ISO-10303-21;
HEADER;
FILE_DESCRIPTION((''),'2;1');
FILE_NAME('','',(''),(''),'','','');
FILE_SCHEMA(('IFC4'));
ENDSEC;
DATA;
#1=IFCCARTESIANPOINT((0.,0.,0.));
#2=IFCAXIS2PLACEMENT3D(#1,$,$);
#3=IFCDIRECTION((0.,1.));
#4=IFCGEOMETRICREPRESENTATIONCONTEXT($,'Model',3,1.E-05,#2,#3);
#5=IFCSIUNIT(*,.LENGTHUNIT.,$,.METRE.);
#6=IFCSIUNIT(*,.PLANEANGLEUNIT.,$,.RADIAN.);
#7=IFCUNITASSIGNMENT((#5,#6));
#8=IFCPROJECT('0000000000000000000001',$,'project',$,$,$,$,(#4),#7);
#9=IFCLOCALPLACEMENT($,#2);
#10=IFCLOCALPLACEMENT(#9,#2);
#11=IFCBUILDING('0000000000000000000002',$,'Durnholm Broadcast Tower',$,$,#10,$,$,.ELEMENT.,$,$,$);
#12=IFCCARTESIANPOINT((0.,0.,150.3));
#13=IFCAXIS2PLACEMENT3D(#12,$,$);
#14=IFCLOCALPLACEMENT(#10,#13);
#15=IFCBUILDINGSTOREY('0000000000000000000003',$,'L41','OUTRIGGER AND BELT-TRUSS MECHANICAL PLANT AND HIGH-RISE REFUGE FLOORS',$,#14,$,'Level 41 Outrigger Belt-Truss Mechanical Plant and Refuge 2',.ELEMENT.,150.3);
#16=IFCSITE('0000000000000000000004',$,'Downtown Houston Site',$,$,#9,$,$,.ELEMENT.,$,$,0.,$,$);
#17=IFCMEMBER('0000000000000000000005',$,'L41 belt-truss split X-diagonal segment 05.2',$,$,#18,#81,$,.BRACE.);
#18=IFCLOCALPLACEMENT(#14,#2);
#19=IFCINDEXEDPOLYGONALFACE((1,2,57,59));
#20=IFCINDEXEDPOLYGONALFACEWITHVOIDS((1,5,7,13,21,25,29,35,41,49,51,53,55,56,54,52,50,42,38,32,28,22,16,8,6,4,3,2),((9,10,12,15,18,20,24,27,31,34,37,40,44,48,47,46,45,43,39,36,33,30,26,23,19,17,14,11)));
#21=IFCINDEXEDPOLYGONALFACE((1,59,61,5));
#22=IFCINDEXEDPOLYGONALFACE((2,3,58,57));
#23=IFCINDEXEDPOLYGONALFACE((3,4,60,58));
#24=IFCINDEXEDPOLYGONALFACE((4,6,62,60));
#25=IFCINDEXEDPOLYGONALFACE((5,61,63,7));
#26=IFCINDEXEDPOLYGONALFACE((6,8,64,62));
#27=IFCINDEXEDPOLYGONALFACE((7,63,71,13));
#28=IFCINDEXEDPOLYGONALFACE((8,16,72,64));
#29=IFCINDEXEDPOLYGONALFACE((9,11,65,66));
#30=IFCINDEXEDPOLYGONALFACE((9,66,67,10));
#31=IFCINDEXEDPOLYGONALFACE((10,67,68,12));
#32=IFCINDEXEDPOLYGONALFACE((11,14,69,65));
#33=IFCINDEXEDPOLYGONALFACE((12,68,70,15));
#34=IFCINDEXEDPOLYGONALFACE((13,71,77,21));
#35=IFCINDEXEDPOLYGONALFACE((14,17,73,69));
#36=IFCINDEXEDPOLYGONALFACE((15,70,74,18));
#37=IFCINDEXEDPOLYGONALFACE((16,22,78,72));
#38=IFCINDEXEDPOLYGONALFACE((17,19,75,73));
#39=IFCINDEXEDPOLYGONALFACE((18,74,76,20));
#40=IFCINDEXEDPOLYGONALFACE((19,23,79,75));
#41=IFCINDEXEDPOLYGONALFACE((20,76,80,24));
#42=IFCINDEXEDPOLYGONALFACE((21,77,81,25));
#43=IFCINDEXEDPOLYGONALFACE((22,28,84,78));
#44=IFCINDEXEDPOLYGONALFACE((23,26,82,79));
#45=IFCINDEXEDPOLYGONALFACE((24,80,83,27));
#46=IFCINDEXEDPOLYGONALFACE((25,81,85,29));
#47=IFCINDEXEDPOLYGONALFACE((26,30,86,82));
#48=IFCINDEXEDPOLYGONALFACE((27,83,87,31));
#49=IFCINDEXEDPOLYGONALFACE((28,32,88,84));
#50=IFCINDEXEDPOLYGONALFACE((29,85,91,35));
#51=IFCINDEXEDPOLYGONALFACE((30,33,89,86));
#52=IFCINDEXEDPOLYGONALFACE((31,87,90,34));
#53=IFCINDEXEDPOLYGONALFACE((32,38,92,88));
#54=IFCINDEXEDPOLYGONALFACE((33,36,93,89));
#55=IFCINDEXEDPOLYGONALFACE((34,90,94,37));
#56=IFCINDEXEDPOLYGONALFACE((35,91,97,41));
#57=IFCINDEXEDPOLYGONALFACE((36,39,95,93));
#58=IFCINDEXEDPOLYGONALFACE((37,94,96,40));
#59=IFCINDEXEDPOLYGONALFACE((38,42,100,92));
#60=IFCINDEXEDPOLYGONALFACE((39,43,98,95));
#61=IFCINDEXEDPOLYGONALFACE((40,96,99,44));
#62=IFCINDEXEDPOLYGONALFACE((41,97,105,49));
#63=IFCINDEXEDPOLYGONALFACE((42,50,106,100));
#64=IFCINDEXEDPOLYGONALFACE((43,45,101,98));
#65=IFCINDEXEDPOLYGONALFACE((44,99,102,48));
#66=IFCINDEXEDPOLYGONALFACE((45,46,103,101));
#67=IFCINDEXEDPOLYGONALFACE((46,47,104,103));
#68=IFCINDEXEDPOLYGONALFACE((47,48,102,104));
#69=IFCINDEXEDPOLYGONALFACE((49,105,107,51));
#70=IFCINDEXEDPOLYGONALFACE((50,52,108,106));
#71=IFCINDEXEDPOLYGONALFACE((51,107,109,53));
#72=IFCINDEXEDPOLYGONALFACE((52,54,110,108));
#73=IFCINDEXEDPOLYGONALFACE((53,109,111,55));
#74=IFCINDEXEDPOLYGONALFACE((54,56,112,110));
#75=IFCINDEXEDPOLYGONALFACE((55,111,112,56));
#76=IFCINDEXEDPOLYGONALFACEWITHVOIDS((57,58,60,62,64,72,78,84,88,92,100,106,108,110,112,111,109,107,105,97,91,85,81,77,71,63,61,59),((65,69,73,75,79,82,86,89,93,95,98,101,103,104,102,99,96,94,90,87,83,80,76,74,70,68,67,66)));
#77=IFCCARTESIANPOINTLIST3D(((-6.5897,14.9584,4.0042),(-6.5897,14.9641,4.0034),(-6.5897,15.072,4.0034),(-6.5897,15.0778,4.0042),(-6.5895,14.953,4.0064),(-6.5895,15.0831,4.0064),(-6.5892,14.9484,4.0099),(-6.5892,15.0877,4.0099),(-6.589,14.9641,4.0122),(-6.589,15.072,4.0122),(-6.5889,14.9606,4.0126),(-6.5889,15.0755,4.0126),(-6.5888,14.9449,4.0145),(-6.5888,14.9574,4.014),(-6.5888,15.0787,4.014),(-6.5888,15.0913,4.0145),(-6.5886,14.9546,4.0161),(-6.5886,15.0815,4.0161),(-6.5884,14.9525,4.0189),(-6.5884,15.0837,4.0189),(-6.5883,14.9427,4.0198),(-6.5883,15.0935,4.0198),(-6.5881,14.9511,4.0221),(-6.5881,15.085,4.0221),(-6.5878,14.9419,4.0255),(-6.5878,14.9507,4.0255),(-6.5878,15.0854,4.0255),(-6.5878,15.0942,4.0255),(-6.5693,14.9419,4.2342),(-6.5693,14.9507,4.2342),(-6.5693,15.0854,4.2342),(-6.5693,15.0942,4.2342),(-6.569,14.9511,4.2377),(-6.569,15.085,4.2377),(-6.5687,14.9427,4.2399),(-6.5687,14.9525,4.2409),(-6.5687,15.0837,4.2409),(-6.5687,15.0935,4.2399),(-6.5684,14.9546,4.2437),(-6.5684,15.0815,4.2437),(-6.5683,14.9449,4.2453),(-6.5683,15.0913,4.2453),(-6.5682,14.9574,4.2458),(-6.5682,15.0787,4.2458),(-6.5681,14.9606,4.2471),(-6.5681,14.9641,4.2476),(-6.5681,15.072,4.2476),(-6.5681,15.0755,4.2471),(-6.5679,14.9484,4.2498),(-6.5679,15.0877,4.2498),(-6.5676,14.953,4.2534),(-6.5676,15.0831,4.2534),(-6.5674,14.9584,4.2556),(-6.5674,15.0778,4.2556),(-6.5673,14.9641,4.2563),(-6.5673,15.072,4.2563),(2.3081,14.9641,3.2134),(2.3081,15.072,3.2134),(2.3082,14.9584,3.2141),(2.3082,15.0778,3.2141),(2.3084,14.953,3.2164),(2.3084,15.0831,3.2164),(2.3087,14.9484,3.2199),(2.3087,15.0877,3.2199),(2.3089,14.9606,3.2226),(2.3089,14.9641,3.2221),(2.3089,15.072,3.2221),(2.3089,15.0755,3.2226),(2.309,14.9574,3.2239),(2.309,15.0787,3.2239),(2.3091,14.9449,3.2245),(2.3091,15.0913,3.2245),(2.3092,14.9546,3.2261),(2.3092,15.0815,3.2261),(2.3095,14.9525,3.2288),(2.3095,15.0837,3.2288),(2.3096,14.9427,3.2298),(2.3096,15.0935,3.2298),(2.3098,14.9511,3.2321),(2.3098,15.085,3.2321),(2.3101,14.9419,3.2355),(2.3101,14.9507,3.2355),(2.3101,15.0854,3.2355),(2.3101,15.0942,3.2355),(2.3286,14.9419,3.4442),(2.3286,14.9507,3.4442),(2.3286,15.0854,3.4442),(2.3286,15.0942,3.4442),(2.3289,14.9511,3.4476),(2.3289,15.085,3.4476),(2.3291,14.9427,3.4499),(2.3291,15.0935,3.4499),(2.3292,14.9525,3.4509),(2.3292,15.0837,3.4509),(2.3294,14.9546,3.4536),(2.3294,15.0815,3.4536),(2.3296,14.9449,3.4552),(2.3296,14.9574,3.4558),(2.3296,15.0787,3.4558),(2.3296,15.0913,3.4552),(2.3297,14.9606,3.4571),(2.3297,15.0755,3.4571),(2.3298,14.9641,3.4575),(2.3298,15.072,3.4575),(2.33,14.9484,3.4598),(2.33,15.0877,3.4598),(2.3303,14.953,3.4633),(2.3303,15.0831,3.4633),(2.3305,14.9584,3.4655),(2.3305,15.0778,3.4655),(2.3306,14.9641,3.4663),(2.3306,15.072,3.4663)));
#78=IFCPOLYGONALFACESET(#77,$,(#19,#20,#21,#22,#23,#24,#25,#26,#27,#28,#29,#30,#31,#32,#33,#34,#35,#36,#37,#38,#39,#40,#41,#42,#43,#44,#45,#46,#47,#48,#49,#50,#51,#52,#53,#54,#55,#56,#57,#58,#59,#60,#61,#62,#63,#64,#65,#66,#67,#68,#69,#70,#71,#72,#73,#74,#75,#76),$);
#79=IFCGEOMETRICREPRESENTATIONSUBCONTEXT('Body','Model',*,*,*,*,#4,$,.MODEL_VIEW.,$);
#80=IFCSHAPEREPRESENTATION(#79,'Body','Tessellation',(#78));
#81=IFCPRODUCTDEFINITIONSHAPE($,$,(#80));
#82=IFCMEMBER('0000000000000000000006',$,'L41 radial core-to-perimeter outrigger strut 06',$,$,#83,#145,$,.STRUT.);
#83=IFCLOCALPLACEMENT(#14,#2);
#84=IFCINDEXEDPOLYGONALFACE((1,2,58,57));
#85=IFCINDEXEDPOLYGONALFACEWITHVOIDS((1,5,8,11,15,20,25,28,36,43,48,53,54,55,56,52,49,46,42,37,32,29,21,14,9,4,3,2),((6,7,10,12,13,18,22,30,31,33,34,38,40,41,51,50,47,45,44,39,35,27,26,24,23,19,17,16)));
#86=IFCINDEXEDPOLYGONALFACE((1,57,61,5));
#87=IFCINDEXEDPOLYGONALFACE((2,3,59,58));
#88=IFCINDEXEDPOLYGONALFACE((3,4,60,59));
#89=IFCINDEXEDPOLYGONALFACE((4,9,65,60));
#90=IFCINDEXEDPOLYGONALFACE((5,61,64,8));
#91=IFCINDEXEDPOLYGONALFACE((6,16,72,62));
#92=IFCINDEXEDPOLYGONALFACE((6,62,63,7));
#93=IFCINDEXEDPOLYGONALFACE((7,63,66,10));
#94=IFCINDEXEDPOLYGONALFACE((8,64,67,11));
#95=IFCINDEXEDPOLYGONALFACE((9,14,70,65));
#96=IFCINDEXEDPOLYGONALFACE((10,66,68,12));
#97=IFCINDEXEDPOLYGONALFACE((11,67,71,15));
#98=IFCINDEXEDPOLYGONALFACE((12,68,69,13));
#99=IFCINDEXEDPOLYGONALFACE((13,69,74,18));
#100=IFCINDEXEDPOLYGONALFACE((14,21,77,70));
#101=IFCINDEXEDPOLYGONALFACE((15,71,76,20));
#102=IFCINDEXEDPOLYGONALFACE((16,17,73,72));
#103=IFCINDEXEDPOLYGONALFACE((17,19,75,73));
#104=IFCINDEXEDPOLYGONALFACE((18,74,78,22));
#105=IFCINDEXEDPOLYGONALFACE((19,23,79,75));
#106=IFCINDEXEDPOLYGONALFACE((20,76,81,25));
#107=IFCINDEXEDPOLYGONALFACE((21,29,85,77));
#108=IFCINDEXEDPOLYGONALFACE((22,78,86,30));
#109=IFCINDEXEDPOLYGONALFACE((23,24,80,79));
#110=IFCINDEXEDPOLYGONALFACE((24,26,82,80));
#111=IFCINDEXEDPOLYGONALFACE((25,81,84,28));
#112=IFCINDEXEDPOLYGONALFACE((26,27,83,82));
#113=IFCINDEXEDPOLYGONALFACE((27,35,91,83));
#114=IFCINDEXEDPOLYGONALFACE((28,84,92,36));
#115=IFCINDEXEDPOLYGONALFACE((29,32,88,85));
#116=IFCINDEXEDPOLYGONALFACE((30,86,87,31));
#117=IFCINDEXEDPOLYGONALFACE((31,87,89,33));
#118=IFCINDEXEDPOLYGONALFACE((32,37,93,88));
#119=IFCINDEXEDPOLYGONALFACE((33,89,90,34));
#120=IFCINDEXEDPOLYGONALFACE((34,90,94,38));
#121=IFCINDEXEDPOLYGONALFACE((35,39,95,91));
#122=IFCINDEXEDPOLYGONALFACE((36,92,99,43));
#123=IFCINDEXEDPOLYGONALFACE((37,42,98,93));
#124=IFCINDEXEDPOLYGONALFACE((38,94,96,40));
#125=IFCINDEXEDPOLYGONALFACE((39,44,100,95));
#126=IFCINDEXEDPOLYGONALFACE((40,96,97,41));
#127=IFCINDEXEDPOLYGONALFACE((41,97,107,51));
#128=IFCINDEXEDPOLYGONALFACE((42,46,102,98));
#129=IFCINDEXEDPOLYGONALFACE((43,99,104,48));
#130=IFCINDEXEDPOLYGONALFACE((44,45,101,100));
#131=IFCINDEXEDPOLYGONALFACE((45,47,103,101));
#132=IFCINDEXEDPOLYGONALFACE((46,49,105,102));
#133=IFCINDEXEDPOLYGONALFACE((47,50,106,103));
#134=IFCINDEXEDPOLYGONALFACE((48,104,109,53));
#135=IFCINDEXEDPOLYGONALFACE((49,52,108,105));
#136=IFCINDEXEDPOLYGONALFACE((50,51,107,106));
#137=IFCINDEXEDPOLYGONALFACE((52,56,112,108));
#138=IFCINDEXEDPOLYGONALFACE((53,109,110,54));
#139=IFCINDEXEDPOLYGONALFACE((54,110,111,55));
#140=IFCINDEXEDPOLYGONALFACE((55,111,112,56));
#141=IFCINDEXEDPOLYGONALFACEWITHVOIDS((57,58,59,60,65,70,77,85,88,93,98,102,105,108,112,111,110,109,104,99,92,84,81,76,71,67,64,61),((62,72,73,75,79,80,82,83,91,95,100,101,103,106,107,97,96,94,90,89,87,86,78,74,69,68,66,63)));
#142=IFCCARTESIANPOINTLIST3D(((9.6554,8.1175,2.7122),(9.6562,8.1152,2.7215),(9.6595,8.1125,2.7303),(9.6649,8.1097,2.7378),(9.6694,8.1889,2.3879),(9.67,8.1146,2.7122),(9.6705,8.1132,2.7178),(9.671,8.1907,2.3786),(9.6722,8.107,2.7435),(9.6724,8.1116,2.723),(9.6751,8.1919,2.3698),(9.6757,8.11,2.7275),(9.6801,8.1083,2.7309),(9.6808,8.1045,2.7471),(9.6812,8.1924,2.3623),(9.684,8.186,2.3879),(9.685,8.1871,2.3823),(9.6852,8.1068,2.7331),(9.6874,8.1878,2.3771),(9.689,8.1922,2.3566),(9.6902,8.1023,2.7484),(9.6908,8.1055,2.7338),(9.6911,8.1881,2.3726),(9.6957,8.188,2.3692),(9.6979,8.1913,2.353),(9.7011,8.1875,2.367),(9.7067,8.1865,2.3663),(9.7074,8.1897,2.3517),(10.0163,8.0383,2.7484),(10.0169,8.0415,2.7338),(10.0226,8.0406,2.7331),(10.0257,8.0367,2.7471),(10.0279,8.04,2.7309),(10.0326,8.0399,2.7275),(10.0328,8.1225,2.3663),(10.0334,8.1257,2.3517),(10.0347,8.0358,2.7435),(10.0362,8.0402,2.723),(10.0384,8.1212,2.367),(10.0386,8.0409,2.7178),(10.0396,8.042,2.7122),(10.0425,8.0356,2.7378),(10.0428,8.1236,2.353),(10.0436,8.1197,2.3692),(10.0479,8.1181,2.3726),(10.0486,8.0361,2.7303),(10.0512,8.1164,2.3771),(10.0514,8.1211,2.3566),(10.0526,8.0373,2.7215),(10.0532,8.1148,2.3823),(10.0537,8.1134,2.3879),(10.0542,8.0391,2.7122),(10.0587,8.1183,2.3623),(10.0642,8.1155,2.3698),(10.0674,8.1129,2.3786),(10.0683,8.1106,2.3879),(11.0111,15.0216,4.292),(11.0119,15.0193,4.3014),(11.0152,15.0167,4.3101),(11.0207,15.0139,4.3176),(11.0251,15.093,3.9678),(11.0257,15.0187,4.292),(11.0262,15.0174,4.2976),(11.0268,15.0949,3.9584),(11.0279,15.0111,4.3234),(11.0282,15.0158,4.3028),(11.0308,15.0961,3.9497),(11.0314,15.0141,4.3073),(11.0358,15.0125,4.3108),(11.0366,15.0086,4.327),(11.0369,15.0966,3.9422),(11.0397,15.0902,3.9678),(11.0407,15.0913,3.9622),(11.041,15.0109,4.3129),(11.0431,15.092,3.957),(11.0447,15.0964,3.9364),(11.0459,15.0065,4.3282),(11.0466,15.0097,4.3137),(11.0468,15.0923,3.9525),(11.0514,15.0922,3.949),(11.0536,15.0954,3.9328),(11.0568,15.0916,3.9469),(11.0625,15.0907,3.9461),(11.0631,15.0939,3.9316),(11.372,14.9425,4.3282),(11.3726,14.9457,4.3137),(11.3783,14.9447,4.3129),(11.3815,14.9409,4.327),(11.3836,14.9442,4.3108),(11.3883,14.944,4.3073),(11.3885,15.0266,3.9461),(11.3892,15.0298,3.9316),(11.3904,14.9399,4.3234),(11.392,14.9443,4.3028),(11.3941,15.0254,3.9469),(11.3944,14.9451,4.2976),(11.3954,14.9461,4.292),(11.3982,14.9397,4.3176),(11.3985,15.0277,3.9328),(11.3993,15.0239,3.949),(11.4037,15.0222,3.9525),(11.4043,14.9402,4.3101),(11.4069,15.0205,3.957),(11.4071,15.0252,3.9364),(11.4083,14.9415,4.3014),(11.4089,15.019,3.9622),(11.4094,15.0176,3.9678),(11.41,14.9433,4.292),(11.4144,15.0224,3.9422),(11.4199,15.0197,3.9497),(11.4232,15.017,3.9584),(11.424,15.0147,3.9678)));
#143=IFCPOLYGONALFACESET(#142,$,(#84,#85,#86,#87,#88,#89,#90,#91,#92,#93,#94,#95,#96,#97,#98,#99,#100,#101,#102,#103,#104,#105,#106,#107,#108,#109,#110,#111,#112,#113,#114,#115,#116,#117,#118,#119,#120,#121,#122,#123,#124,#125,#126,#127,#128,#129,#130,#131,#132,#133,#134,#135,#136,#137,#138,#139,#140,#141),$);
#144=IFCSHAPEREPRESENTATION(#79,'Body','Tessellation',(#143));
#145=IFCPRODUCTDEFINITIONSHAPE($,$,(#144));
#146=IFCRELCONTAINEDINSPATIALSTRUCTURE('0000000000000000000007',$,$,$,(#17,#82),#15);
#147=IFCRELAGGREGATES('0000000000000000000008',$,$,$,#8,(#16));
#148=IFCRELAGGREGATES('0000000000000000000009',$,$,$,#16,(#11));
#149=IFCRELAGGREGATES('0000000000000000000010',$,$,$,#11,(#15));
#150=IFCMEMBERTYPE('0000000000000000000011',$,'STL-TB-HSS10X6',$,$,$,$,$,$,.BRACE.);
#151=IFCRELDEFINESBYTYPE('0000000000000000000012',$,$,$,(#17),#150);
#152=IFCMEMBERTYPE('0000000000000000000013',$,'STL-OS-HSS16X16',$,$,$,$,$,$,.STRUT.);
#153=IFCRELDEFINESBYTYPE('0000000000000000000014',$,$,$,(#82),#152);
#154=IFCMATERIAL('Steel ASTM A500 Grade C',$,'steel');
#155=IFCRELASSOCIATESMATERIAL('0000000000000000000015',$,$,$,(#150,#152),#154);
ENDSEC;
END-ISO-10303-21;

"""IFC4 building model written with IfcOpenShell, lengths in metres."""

from ifc_helpers import new_model, si_unit, direction, frame, origin, origin_2d, place, context, subcontext, project, spatial, hollow_rectangle, extrude, source, transform, mapped, material, material_profile, profile_set, type_object, type_shapes, element, save


model = new_model("IFC4")

# Units and contexts
model_context = context("Model", 3, precision=1e-05, world=origin(), true_north=direction((0.0, 1.0)))
body_context = subcontext(model_context, "Body", "Model", "MODEL_VIEW")
ifc_project = project(units=[si_unit("LENGTHUNIT", "METRE"), si_unit("PLANEANGLEUNIT", "RADIAN")], contexts=[model_context])

# Site, building, storey
site_placement = place(None, origin())
site = spatial("IfcSite", under=ifc_project, at=site_placement, Name="Downtown Houston Site", CompositionType="ELEMENT", RefElevation=0.0)
building_placement = place(site_placement, origin())
building = spatial("IfcBuilding", under=site, at=building_placement, Name="Durnholm Broadcast Tower", CompositionType="ELEMENT")
storey_placement = place(building_placement, frame((0.0, 0.0, 150.3)))
storey = spatial("IfcBuildingStorey", under=building, at=storey_placement, Name="L41", Description="OUTRIGGER AND BELT-TRUSS MECHANICAL PLANT AND HIGH-RISE REFUGE FLOORS", LongName="Level 41 Outrigger Belt-Truss Mechanical Plant and Refuge 2", CompositionType="ELEMENT", Elevation=150.3)

# Members
ifc_material_1 = material(Name="Steel ASTM A500 Grade C", Category="steel")
ifc_material_profile_1 = material_profile(ifc_material_1, hollow_rectangle(XDim=0.1523, YDim=0.2539, WallThickness=0.0088, InnerFilletRadius=0.0134, OuterFilletRadius=0.0222, at=origin_2d()), Name="HSS10X6X3/8")
ifc_profile_set_1 = profile_set([ifc_material_profile_1], Name="Steel ASTM A500 Grade C")
member_type_1 = type_object("IfcMemberType", Name="STL-TB-HSS10X6", PredefinedType="BRACE", material=ifc_profile_set_1)
shared_shape_1 = source(origin(), body_context, "Body", "SweptSolid", [
    extrude(hollow_rectangle(XDim=0.1523, YDim=0.2539, WallThickness=0.0088, InnerFilletRadius=0.0134, OuterFilletRadius=0.0222, at=origin_2d()), origin(), (0.0, 0.0, 1.0), 8.9329),
])
type_shapes(member_type_1, [shared_shape_1])
member_1_placement = place(storey_placement, frame((2.3193, 15.0181, 3.3398), z_axis=(-0.996081, 0.0, 0.088441), x_axis=(0.0, -1.0, 0.0)))
element("IfcMember", 1, at=member_1_placement, inside=storey, type_object=member_type_1, Name="L41 belt-truss split X-diagonal segment 05.2", PredefinedType="BRACE", context=body_context, shape_type="MappedRepresentation", body=[
    mapped(shared_shape_1, transform((0.0, 0.0, 0.0), x_axis=(1.0, 0.0, 0.0), y_axis=(0.0, 1.0, 0.0), z_axis=(0.0, 0.0, 1.0), scale=1.0)),
])
ifc_material_profile_2 = material_profile(ifc_material_1, hollow_rectangle(XDim=0.4065, YDim=0.4065, WallThickness=0.0149, InnerFilletRadius=0.0222, OuterFilletRadius=0.0371, at=origin_2d()), Name="HSS16X16X5/8")
ifc_profile_set_2 = profile_set([ifc_material_profile_2], Name="Steel ASTM A500 Grade C")
member_type_2 = type_object("IfcMemberType", Name="STL-OS-HSS16X16", PredefinedType="STRUT", material=ifc_profile_set_2)
shared_shape_2 = source(origin(), body_context, "Body", "SweptSolid", [
    extrude(hollow_rectangle(XDim=0.4065, YDim=0.4065, WallThickness=0.0149, InnerFilletRadius=0.0222, OuterFilletRadius=0.0371, at=origin_2d()), origin(), (0.0, 0.0, 1.0), 7.2112),
])
type_shapes(member_type_2, [shared_shape_2])
member_2_placement = place(storey_placement, frame((9.8618, 8.114, 2.55), z_axis=(0.188004, 0.957422, 0.219084), x_axis=(-0.981261, 0.192685, 0.0)))
element("IfcMember", 2, at=member_2_placement, inside=storey, type_object=member_type_2, Name="L41 radial core-to-perimeter outrigger strut 06", PredefinedType="STRUT", context=body_context, shape_type="MappedRepresentation", body=[
    mapped(shared_shape_2, transform((0.0, 0.0, 0.0), x_axis=(1.0, 0.0, 0.0), y_axis=(0.0, 1.0, 0.0), z_axis=(0.0, 0.0, 1.0), scale=1.0)),
])

save(model, "model.ifc")
